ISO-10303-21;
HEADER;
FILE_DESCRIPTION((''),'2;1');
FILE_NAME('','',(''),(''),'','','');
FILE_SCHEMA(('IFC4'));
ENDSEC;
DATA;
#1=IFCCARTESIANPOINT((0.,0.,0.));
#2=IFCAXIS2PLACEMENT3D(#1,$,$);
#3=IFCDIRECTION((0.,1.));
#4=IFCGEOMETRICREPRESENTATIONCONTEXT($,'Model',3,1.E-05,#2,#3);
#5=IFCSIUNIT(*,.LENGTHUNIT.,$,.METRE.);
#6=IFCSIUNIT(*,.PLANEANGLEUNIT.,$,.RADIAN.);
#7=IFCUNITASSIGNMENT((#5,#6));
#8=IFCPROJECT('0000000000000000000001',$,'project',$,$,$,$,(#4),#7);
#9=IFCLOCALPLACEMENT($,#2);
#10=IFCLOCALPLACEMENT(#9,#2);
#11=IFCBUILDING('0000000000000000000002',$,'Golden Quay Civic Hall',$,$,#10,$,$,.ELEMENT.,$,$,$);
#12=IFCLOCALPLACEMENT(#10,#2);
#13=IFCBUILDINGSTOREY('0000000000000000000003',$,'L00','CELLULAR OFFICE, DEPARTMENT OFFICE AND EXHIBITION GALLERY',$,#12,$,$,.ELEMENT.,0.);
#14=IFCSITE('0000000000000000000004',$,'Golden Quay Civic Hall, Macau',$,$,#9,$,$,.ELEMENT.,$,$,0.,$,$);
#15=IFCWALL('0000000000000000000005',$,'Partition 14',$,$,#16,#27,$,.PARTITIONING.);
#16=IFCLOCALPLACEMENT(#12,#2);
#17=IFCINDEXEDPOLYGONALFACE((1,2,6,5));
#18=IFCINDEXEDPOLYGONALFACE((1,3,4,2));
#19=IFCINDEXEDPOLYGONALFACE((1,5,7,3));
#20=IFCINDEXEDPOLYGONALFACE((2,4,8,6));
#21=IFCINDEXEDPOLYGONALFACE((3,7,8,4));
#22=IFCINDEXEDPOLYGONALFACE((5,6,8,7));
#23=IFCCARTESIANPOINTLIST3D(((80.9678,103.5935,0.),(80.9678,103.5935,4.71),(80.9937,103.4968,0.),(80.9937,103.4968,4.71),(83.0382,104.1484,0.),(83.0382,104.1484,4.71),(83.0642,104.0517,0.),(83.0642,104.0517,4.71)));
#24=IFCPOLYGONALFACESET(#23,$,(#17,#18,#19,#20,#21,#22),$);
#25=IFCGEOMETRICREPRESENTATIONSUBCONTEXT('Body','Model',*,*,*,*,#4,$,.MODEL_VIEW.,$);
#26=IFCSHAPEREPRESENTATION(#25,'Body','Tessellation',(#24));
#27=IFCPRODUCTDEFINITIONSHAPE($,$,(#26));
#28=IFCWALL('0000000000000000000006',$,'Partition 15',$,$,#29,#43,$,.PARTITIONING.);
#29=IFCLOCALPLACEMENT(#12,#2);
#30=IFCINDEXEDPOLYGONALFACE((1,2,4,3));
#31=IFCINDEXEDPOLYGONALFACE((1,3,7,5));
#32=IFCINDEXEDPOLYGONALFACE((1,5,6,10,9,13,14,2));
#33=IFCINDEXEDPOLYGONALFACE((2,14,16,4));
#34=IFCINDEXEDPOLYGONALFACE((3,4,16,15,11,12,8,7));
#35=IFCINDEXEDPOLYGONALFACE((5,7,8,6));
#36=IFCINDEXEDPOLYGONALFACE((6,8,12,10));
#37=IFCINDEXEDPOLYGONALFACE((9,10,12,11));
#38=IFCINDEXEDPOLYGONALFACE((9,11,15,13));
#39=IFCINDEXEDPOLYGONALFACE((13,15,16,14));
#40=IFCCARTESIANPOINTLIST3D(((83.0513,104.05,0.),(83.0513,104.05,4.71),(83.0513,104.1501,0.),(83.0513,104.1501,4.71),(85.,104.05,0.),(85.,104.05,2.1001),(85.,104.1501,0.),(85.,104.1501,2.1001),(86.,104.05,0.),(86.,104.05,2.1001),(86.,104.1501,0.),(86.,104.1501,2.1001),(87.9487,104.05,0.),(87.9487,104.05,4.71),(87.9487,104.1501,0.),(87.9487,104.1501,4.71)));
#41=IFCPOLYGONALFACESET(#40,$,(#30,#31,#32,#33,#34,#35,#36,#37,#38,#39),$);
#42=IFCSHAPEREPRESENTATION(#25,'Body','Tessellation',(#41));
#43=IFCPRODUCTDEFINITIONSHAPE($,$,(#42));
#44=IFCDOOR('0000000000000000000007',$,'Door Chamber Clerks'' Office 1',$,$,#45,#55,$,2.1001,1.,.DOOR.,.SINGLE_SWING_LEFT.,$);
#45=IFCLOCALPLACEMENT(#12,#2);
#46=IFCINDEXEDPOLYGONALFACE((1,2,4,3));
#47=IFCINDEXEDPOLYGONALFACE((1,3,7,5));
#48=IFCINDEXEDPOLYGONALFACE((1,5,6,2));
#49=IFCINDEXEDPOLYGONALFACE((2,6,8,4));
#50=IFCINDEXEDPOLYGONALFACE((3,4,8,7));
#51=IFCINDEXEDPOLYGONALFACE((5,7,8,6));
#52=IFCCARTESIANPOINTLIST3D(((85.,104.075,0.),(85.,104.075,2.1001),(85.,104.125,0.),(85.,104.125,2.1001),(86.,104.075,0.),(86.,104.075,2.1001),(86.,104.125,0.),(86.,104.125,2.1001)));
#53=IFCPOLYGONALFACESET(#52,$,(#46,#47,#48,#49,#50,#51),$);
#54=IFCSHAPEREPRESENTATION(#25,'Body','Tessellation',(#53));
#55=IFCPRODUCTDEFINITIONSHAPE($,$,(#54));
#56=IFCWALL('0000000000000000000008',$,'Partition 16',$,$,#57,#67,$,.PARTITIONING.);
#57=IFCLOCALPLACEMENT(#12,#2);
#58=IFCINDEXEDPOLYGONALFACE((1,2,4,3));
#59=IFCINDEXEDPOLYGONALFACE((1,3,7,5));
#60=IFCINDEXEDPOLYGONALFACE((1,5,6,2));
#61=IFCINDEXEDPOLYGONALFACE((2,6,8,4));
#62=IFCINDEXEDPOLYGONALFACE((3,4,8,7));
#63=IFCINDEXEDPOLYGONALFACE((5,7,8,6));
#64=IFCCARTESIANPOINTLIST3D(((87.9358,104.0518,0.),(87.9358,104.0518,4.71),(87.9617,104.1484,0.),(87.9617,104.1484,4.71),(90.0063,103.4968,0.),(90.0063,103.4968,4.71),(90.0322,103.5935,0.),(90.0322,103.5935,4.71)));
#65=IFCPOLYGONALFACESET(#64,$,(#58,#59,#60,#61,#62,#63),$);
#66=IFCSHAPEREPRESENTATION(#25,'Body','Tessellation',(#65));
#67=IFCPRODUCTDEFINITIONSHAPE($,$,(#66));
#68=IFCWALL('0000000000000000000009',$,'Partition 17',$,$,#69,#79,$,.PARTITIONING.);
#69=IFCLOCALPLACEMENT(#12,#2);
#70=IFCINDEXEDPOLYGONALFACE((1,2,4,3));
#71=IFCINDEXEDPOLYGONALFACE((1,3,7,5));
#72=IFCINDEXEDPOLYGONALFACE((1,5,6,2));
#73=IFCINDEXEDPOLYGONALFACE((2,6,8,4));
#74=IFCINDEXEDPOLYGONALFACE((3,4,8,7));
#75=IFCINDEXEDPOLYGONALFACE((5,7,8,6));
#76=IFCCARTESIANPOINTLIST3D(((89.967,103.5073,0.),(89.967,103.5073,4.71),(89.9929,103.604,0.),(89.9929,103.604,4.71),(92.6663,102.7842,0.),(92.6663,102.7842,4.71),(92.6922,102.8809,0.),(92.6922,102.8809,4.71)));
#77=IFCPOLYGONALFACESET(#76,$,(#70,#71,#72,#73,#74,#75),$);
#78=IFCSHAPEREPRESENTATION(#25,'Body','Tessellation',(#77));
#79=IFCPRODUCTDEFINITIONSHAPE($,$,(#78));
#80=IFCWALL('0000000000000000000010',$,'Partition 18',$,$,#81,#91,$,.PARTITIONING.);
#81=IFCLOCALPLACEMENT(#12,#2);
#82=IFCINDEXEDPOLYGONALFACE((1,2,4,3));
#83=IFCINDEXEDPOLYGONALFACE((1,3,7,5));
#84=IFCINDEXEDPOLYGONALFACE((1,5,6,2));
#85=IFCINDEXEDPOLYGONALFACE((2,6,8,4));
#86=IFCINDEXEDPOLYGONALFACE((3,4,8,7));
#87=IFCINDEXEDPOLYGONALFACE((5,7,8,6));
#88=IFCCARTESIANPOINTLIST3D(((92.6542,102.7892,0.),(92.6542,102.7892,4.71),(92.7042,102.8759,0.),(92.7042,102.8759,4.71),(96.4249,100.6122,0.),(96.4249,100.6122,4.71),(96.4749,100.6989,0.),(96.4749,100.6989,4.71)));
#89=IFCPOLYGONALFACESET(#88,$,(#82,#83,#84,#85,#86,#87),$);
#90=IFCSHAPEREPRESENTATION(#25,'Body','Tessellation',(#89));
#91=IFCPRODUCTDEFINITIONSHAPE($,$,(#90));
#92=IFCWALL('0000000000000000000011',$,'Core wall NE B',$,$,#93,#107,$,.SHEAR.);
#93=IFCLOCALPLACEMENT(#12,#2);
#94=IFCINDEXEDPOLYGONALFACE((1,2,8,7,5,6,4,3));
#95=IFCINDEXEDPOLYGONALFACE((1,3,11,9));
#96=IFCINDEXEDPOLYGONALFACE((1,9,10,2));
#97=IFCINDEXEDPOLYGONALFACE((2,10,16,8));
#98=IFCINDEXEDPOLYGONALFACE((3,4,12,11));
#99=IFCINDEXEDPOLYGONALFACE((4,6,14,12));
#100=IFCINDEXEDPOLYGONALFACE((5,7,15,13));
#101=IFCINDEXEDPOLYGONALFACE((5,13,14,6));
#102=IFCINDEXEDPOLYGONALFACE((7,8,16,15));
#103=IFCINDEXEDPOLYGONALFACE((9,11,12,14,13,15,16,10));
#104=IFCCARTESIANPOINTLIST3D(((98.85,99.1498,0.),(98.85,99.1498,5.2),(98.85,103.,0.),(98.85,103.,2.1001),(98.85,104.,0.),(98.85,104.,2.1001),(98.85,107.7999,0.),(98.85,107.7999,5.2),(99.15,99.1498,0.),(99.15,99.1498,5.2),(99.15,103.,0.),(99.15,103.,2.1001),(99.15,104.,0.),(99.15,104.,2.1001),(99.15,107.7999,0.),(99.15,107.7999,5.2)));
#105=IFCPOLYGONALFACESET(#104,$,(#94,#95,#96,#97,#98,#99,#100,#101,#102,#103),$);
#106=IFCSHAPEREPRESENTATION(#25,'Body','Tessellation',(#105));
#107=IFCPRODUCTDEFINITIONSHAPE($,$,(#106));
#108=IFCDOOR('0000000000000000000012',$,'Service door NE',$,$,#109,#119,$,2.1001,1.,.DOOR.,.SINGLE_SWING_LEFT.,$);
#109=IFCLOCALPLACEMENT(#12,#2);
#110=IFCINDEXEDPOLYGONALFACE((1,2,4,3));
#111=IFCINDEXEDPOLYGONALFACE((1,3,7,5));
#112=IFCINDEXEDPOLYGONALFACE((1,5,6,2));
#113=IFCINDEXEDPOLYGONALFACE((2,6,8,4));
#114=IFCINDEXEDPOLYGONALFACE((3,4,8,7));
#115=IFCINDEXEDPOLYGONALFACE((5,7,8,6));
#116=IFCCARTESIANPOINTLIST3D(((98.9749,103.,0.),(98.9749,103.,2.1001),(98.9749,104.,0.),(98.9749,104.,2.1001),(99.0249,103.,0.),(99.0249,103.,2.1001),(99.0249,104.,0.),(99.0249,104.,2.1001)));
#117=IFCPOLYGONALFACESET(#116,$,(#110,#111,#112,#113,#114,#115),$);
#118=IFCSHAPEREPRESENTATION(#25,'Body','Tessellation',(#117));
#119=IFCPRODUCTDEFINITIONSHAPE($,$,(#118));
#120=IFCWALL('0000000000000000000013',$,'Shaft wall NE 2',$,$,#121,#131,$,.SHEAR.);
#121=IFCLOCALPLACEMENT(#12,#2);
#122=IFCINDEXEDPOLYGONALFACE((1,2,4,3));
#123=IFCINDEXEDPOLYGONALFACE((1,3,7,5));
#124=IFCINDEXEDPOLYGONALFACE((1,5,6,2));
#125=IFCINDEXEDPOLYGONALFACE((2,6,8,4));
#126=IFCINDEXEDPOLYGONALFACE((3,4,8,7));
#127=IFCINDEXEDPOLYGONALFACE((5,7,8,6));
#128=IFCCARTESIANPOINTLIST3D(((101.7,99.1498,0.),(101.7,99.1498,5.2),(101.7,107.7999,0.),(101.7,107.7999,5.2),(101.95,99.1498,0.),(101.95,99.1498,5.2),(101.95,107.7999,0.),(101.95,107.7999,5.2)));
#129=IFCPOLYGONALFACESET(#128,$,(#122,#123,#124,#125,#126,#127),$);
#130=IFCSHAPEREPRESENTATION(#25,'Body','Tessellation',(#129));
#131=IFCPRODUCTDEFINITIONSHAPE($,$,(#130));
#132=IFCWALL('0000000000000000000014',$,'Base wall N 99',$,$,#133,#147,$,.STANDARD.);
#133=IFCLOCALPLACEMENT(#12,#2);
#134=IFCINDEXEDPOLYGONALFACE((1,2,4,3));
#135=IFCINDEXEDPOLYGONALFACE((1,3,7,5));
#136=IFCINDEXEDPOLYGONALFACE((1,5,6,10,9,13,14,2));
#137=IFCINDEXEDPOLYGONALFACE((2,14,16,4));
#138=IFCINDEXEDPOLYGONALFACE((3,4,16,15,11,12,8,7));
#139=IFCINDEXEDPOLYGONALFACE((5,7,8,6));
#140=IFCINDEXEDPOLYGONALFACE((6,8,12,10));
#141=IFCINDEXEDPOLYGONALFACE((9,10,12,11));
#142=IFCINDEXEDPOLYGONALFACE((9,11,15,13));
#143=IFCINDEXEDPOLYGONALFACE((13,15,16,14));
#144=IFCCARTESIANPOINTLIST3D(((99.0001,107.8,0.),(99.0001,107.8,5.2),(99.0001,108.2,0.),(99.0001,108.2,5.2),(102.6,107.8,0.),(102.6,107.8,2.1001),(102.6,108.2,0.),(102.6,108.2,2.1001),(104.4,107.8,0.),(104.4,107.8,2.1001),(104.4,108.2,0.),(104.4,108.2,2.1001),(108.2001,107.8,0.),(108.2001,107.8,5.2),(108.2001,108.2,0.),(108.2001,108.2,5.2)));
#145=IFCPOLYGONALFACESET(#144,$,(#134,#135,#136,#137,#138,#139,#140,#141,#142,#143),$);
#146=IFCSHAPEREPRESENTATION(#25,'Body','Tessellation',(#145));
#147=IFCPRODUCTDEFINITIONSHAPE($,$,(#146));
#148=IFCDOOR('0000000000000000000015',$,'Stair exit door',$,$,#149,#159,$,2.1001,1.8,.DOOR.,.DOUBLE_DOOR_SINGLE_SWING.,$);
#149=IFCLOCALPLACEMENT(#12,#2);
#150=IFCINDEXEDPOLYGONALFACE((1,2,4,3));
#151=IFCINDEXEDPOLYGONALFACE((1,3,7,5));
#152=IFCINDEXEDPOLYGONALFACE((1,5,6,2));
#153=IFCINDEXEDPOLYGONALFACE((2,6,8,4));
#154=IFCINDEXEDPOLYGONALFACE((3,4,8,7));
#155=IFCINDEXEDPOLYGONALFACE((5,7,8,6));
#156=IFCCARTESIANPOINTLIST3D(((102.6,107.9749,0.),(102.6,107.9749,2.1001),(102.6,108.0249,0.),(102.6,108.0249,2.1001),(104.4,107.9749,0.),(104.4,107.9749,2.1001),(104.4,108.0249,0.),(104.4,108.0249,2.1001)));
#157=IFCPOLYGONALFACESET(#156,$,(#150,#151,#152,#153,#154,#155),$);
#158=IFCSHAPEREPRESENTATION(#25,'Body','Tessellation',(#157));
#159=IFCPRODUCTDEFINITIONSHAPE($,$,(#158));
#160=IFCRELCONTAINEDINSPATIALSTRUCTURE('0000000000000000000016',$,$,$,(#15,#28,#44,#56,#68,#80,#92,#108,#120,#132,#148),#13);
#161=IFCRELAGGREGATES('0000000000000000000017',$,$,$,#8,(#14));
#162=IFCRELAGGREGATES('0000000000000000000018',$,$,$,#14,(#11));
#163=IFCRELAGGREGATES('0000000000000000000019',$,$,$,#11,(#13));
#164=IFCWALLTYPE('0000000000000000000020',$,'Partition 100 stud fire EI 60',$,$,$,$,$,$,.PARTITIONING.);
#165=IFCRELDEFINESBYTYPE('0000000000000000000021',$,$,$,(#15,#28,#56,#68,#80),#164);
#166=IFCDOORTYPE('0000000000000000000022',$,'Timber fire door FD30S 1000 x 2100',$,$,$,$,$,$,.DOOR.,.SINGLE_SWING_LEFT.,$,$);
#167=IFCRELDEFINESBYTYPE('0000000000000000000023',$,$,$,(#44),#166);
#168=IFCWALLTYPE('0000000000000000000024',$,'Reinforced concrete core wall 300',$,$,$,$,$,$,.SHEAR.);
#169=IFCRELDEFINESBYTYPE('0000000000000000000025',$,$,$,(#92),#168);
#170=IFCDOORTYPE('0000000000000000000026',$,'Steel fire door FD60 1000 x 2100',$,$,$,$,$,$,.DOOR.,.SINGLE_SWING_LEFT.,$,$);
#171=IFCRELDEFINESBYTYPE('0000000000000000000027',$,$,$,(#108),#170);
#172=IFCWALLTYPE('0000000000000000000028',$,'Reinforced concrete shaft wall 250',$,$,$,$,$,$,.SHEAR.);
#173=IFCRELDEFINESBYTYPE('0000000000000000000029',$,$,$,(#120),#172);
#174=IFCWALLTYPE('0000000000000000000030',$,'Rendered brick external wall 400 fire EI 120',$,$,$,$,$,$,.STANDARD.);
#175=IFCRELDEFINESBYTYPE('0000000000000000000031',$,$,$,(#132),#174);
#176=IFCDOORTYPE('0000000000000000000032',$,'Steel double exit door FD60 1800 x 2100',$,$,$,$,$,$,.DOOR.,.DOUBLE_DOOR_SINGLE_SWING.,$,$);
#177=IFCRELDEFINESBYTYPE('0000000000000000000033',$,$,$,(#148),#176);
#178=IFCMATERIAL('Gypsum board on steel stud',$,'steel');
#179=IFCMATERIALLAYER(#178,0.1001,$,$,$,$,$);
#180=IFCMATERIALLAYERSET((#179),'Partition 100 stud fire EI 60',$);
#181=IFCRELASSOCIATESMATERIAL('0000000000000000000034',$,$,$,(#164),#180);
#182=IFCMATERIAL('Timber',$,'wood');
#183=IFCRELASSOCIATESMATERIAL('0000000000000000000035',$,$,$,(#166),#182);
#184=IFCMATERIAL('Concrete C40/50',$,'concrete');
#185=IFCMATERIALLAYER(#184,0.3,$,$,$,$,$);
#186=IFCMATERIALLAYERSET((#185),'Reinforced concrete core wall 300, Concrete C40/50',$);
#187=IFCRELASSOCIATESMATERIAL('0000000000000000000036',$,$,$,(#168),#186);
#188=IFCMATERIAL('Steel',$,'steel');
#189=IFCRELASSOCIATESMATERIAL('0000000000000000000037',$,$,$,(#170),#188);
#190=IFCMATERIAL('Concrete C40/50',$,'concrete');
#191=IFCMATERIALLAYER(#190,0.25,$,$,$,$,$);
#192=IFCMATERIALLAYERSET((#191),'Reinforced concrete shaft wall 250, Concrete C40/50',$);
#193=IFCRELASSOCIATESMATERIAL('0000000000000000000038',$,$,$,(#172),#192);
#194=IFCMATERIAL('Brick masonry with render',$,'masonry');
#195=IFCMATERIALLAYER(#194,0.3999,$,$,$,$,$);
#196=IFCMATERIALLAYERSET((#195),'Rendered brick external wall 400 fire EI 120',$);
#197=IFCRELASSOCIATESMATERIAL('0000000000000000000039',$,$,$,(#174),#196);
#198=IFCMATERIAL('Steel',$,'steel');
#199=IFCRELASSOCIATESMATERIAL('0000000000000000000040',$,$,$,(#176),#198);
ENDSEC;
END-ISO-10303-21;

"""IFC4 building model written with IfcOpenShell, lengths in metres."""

from ifc_helpers import new_model, si_unit, direction, frame, frame_2d, origin, place, context, subcontext, project, spatial, rectangle, extrude, material, layer, layer_set, type_object, element, fill, save


model = new_model("IFC4")

# Units and contexts
model_context = context("Model", 3, precision=1e-05, world=origin(), true_north=direction((0.0, 1.0)))
body_context = subcontext(model_context, "Body", "Model", "MODEL_VIEW")
ifc_project = project(units=[si_unit("LENGTHUNIT", "METRE"), si_unit("PLANEANGLEUNIT", "RADIAN")], contexts=[model_context])

# Site, building, storey
site_placement = place(None, origin())
site = spatial("IfcSite", under=ifc_project, at=site_placement, Name="Golden Quay Civic Hall, Macau", CompositionType="ELEMENT", RefElevation=0.0)
building_placement = place(site_placement, origin())
building = spatial("IfcBuilding", under=site, at=building_placement, Name="Golden Quay Civic Hall", CompositionType="ELEMENT")
storey_placement = place(building_placement, origin())
storey = spatial("IfcBuildingStorey", under=building, at=storey_placement, Name="L00", Description="CELLULAR OFFICE, DEPARTMENT OFFICE AND EXHIBITION GALLERY", CompositionType="ELEMENT", Elevation=0.0)

# Wall
ifc_material_1 = material(Name="Gypsum board on steel stud", Category="steel")
ifc_layer_1 = layer(ifc_material_1, 0.1001)
ifc_layer_set_1 = layer_set([ifc_layer_1], Name="Partition 100 stud fire EI 60")
wall_type_1 = type_object("IfcWallType", Name="Partition 100 stud fire EI 60", PredefinedType="PARTITIONING", material=ifc_layer_set_1)
wall_1_placement = place(storey_placement, frame((80.9807, 103.5452, 0.0), z_axis=(0.0, 0.0, 1.0), x_axis=(0.965911, 0.258875, 0.0)))
element("IfcWall", 1, at=wall_1_placement, inside=storey, type_object=wall_type_1, Name="Partition 14", PredefinedType="PARTITIONING", context=body_context, shape_type="SweptSolid", body=[
    extrude(rectangle(XDim=2.1436, YDim=0.1001, at=frame_2d((1.0718, 0.0))), origin(), (0.0, 0.0, 1.0), 4.71),
])

# Wall, opening, door
wall_2_placement = place(storey_placement, frame((83.0513, 104.1001, 0.0), z_axis=(0.0, 0.0, 1.0), x_axis=(1.0, 0.0, 0.0)))
wall_2 = element("IfcWall", 2, at=wall_2_placement, inside=storey, type_object=wall_type_1, Name="Partition 15", PredefinedType="PARTITIONING", context=body_context, shape_type="SweptSolid", body=[
    extrude(rectangle(XDim=4.8975, YDim=0.1001, at=frame_2d((2.4487, 0.0))), origin(), (0.0, 0.0, 1.0), 4.71),
])
opening_1_placement = place(wall_2_placement, frame((1.9487, 0.0, 0.0)))
opening_1 = element("IfcOpeningElement", 3, at=opening_1_placement, cuts=wall_2, PredefinedType="OPENING", context=body_context, shape_type="SweptSolid", body=[
    extrude(rectangle(XDim=1.0, YDim=2.1001, at=frame_2d((0.5, 1.05))), frame((0.0, 0.0601, 0.0), z_axis=(0.0, -1.0, 0.0), x_axis=(1.0, 0.0, 0.0)), (0.0, 0.0, 1.0), 0.1201),
])
ifc_material_2 = material(Name="Timber", Category="wood")
door_type_1 = type_object("IfcDoorType", Name="Timber fire door FD30S 1000 x 2100", OperationType="SINGLE_SWING_LEFT", PredefinedType="DOOR", material=ifc_material_2)
door_1_placement = place(opening_1_placement, origin())
door_1 = element("IfcDoor", 4, at=door_1_placement, inside=storey, type_object=door_type_1, Name="Door Chamber Clerks' Office 1", OperationType="SINGLE_SWING_LEFT", OverallHeight=2.1001, OverallWidth=1.0, PredefinedType="DOOR", context=body_context, shape_type="SweptSolid", body=[
    extrude(rectangle(XDim=1.0, YDim=2.1001, at=frame_2d((0.5, 1.05))), frame((0.0, 0.0249, 0.0), z_axis=(0.0, -1.0, 0.0), x_axis=(1.0, 0.0, 0.0)), (0.0, 0.0, 1.0), 0.05),
])
fill(opening_1, door_1)

# Walls
wall_3_placement = place(storey_placement, frame((87.9487, 104.1001, 0.0), z_axis=(0.0, 0.0, 1.0), x_axis=(0.965911, -0.258875, 0.0)))
element("IfcWall", 5, at=wall_3_placement, inside=storey, type_object=wall_type_1, Name="Partition 16", PredefinedType="PARTITIONING", context=body_context, shape_type="SweptSolid", body=[
    extrude(rectangle(XDim=2.1436, YDim=0.1001, at=frame_2d((1.0718, 0.0))), origin(), (0.0, 0.0, 1.0), 4.71),
])
wall_4_placement = place(storey_placement, frame((89.98, 103.5557, 0.0), z_axis=(0.0, 0.0, 1.0), x_axis=(0.965936, -0.258783, 0.0)))
element("IfcWall", 6, at=wall_4_placement, inside=storey, type_object=wall_type_1, Name="Partition 17", PredefinedType="PARTITIONING", context=body_context, shape_type="SweptSolid", body=[
    extrude(rectangle(XDim=2.7944, YDim=0.1001, at=frame_2d((1.3972, 0.0))), origin(), (0.0, 0.0, 1.0), 4.71),
])
wall_5_placement = place(storey_placement, frame((92.6792, 102.8325, 0.0), z_axis=(0.0, 0.0, 1.0), x_axis=(0.86603, -0.499993, 0.0)))
element("IfcWall", 7, at=wall_5_placement, inside=storey, type_object=wall_type_1, Name="Partition 18", PredefinedType="PARTITIONING", context=body_context, shape_type="SweptSolid", body=[
    extrude(rectangle(XDim=4.354, YDim=0.1001, at=frame_2d((2.177, 0.0))), origin(), (0.0, 0.0, 1.0), 4.71),
])

# Wall, opening, door
ifc_material_3 = material(Name="Concrete C40/50", Category="concrete")
ifc_layer_2 = layer(ifc_material_3, 0.3)
ifc_layer_set_2 = layer_set([ifc_layer_2], Name="Reinforced concrete core wall 300, Concrete C40/50")
wall_type_2 = type_object("IfcWallType", Name="Reinforced concrete core wall 300", PredefinedType="SHEAR", material=ifc_layer_set_2)
wall_6_placement = place(storey_placement, frame((99.0, 107.8, 0.0), z_axis=(0.0, 0.0, 1.0), x_axis=(0.0, -1.0, 0.0)))
wall_6 = element("IfcWall", 8, at=wall_6_placement, inside=storey, type_object=wall_type_2, Name="Core wall NE B", PredefinedType="SHEAR", context=body_context, shape_type="SweptSolid", body=[
    extrude(rectangle(XDim=8.6501, YDim=0.3, at=frame_2d((4.3252, 0.0))), origin(), (0.0, 0.0, 1.0), 5.2),
])
opening_2_placement = place(wall_6_placement, frame((3.8, 0.0, 0.0)))
opening_2 = element("IfcOpeningElement", 9, at=opening_2_placement, cuts=wall_6, PredefinedType="OPENING", context=body_context, shape_type="SweptSolid", body=[
    extrude(rectangle(XDim=1.0, YDim=2.1001, at=frame_2d((0.5, 1.05))), frame((0.0, 0.1599, 0.0), z_axis=(0.0, -1.0, 0.0), x_axis=(1.0, 0.0, 0.0)), (0.0, 0.0, 1.0), 0.3201),
])
ifc_material_4 = material(Name="Steel", Category="steel")
door_type_2 = type_object("IfcDoorType", Name="Steel fire door FD60 1000 x 2100", OperationType="SINGLE_SWING_LEFT", PredefinedType="DOOR", material=ifc_material_4)
door_2_placement = place(opening_2_placement, origin())
door_2 = element("IfcDoor", 10, at=door_2_placement, inside=storey, type_object=door_type_2, Name="Service door NE", OperationType="SINGLE_SWING_LEFT", OverallHeight=2.1001, OverallWidth=1.0, PredefinedType="DOOR", context=body_context, shape_type="SweptSolid", body=[
    extrude(rectangle(XDim=1.0, YDim=2.1001, at=frame_2d((0.5, 1.05))), frame((0.0, 0.0249, 0.0), z_axis=(0.0, -1.0, 0.0), x_axis=(1.0, 0.0, 0.0)), (0.0, 0.0, 1.0), 0.05),
])
fill(opening_2, door_2)

# Wall
ifc_material_5 = material(Name="Concrete C40/50", Category="concrete")
ifc_layer_3 = layer(ifc_material_5, 0.25)
ifc_layer_set_3 = layer_set([ifc_layer_3], Name="Reinforced concrete shaft wall 250, Concrete C40/50")
wall_type_3 = type_object("IfcWallType", Name="Reinforced concrete shaft wall 250", PredefinedType="SHEAR", material=ifc_layer_set_3)
wall_7_placement = place(storey_placement, frame((101.825, 107.8, 0.0), z_axis=(0.0, 0.0, 1.0), x_axis=(0.0, -1.0, 0.0)))
element("IfcWall", 11, at=wall_7_placement, inside=storey, type_object=wall_type_3, Name="Shaft wall NE 2", PredefinedType="SHEAR", context=body_context, shape_type="SweptSolid", body=[
    extrude(rectangle(XDim=8.6501, YDim=0.25, at=frame_2d((4.3252, 0.0))), origin(), (0.0, 0.0, 1.0), 5.2),
])

# Wall, opening, door
ifc_material_6 = material(Name="Brick masonry with render", Category="masonry")
ifc_layer_4 = layer(ifc_material_6, 0.3999)
ifc_layer_set_4 = layer_set([ifc_layer_4], Name="Rendered brick external wall 400 fire EI 120")
wall_type_4 = type_object("IfcWallType", Name="Rendered brick external wall 400 fire EI 120", PredefinedType="STANDARD", material=ifc_layer_set_4)
wall_8_placement = place(storey_placement, frame((99.0, 108.0, 0.0), z_axis=(0.0, 0.0, 1.0), x_axis=(1.0, 0.0, 0.0)))
wall_8 = element("IfcWall", 12, at=wall_8_placement, inside=storey, type_object=wall_type_4, Name="Base wall N 99", PredefinedType="STANDARD", context=body_context, shape_type="SweptSolid", body=[
    extrude(rectangle(XDim=9.2, YDim=0.3999, at=frame_2d((4.6001, 0.0))), origin(), (0.0, 0.0, 1.0), 5.2),
])
opening_3_placement = place(wall_8_placement, frame((3.6001, 0.0, 0.0)))
opening_3 = element("IfcOpeningElement", 13, at=opening_3_placement, cuts=wall_8, PredefinedType="OPENING", context=body_context, shape_type="SweptSolid", body=[
    extrude(rectangle(XDim=1.8, YDim=2.1001, at=frame_2d((0.8999, 1.05))), frame((0.0, 0.21, 0.0), z_axis=(0.0, -1.0, 0.0), x_axis=(1.0, 0.0, 0.0)), (0.0, 0.0, 1.0), 0.4199),
])
ifc_material_7 = material(Name="Steel", Category="steel")
door_type_3 = type_object("IfcDoorType", Name="Steel double exit door FD60 1800 x 2100", OperationType="DOUBLE_DOOR_SINGLE_SWING", PredefinedType="DOOR", material=ifc_material_7)
door_3_placement = place(opening_3_placement, origin())
door_3 = element("IfcDoor", 14, at=door_3_placement, inside=storey, type_object=door_type_3, Name="Stair exit door", OperationType="DOUBLE_DOOR_SINGLE_SWING", OverallHeight=2.1001, OverallWidth=1.8, PredefinedType="DOOR", context=body_context, shape_type="SweptSolid", body=[
    extrude(rectangle(XDim=1.8, YDim=2.1001, at=frame_2d((0.8999, 1.05))), frame((0.0, 0.0249, 0.0), z_axis=(0.0, -1.0, 0.0), x_axis=(1.0, 0.0, 0.0)), (0.0, 0.0, 1.0), 0.05),
])
fill(opening_3, door_3)

save(model, "model.ifc")
